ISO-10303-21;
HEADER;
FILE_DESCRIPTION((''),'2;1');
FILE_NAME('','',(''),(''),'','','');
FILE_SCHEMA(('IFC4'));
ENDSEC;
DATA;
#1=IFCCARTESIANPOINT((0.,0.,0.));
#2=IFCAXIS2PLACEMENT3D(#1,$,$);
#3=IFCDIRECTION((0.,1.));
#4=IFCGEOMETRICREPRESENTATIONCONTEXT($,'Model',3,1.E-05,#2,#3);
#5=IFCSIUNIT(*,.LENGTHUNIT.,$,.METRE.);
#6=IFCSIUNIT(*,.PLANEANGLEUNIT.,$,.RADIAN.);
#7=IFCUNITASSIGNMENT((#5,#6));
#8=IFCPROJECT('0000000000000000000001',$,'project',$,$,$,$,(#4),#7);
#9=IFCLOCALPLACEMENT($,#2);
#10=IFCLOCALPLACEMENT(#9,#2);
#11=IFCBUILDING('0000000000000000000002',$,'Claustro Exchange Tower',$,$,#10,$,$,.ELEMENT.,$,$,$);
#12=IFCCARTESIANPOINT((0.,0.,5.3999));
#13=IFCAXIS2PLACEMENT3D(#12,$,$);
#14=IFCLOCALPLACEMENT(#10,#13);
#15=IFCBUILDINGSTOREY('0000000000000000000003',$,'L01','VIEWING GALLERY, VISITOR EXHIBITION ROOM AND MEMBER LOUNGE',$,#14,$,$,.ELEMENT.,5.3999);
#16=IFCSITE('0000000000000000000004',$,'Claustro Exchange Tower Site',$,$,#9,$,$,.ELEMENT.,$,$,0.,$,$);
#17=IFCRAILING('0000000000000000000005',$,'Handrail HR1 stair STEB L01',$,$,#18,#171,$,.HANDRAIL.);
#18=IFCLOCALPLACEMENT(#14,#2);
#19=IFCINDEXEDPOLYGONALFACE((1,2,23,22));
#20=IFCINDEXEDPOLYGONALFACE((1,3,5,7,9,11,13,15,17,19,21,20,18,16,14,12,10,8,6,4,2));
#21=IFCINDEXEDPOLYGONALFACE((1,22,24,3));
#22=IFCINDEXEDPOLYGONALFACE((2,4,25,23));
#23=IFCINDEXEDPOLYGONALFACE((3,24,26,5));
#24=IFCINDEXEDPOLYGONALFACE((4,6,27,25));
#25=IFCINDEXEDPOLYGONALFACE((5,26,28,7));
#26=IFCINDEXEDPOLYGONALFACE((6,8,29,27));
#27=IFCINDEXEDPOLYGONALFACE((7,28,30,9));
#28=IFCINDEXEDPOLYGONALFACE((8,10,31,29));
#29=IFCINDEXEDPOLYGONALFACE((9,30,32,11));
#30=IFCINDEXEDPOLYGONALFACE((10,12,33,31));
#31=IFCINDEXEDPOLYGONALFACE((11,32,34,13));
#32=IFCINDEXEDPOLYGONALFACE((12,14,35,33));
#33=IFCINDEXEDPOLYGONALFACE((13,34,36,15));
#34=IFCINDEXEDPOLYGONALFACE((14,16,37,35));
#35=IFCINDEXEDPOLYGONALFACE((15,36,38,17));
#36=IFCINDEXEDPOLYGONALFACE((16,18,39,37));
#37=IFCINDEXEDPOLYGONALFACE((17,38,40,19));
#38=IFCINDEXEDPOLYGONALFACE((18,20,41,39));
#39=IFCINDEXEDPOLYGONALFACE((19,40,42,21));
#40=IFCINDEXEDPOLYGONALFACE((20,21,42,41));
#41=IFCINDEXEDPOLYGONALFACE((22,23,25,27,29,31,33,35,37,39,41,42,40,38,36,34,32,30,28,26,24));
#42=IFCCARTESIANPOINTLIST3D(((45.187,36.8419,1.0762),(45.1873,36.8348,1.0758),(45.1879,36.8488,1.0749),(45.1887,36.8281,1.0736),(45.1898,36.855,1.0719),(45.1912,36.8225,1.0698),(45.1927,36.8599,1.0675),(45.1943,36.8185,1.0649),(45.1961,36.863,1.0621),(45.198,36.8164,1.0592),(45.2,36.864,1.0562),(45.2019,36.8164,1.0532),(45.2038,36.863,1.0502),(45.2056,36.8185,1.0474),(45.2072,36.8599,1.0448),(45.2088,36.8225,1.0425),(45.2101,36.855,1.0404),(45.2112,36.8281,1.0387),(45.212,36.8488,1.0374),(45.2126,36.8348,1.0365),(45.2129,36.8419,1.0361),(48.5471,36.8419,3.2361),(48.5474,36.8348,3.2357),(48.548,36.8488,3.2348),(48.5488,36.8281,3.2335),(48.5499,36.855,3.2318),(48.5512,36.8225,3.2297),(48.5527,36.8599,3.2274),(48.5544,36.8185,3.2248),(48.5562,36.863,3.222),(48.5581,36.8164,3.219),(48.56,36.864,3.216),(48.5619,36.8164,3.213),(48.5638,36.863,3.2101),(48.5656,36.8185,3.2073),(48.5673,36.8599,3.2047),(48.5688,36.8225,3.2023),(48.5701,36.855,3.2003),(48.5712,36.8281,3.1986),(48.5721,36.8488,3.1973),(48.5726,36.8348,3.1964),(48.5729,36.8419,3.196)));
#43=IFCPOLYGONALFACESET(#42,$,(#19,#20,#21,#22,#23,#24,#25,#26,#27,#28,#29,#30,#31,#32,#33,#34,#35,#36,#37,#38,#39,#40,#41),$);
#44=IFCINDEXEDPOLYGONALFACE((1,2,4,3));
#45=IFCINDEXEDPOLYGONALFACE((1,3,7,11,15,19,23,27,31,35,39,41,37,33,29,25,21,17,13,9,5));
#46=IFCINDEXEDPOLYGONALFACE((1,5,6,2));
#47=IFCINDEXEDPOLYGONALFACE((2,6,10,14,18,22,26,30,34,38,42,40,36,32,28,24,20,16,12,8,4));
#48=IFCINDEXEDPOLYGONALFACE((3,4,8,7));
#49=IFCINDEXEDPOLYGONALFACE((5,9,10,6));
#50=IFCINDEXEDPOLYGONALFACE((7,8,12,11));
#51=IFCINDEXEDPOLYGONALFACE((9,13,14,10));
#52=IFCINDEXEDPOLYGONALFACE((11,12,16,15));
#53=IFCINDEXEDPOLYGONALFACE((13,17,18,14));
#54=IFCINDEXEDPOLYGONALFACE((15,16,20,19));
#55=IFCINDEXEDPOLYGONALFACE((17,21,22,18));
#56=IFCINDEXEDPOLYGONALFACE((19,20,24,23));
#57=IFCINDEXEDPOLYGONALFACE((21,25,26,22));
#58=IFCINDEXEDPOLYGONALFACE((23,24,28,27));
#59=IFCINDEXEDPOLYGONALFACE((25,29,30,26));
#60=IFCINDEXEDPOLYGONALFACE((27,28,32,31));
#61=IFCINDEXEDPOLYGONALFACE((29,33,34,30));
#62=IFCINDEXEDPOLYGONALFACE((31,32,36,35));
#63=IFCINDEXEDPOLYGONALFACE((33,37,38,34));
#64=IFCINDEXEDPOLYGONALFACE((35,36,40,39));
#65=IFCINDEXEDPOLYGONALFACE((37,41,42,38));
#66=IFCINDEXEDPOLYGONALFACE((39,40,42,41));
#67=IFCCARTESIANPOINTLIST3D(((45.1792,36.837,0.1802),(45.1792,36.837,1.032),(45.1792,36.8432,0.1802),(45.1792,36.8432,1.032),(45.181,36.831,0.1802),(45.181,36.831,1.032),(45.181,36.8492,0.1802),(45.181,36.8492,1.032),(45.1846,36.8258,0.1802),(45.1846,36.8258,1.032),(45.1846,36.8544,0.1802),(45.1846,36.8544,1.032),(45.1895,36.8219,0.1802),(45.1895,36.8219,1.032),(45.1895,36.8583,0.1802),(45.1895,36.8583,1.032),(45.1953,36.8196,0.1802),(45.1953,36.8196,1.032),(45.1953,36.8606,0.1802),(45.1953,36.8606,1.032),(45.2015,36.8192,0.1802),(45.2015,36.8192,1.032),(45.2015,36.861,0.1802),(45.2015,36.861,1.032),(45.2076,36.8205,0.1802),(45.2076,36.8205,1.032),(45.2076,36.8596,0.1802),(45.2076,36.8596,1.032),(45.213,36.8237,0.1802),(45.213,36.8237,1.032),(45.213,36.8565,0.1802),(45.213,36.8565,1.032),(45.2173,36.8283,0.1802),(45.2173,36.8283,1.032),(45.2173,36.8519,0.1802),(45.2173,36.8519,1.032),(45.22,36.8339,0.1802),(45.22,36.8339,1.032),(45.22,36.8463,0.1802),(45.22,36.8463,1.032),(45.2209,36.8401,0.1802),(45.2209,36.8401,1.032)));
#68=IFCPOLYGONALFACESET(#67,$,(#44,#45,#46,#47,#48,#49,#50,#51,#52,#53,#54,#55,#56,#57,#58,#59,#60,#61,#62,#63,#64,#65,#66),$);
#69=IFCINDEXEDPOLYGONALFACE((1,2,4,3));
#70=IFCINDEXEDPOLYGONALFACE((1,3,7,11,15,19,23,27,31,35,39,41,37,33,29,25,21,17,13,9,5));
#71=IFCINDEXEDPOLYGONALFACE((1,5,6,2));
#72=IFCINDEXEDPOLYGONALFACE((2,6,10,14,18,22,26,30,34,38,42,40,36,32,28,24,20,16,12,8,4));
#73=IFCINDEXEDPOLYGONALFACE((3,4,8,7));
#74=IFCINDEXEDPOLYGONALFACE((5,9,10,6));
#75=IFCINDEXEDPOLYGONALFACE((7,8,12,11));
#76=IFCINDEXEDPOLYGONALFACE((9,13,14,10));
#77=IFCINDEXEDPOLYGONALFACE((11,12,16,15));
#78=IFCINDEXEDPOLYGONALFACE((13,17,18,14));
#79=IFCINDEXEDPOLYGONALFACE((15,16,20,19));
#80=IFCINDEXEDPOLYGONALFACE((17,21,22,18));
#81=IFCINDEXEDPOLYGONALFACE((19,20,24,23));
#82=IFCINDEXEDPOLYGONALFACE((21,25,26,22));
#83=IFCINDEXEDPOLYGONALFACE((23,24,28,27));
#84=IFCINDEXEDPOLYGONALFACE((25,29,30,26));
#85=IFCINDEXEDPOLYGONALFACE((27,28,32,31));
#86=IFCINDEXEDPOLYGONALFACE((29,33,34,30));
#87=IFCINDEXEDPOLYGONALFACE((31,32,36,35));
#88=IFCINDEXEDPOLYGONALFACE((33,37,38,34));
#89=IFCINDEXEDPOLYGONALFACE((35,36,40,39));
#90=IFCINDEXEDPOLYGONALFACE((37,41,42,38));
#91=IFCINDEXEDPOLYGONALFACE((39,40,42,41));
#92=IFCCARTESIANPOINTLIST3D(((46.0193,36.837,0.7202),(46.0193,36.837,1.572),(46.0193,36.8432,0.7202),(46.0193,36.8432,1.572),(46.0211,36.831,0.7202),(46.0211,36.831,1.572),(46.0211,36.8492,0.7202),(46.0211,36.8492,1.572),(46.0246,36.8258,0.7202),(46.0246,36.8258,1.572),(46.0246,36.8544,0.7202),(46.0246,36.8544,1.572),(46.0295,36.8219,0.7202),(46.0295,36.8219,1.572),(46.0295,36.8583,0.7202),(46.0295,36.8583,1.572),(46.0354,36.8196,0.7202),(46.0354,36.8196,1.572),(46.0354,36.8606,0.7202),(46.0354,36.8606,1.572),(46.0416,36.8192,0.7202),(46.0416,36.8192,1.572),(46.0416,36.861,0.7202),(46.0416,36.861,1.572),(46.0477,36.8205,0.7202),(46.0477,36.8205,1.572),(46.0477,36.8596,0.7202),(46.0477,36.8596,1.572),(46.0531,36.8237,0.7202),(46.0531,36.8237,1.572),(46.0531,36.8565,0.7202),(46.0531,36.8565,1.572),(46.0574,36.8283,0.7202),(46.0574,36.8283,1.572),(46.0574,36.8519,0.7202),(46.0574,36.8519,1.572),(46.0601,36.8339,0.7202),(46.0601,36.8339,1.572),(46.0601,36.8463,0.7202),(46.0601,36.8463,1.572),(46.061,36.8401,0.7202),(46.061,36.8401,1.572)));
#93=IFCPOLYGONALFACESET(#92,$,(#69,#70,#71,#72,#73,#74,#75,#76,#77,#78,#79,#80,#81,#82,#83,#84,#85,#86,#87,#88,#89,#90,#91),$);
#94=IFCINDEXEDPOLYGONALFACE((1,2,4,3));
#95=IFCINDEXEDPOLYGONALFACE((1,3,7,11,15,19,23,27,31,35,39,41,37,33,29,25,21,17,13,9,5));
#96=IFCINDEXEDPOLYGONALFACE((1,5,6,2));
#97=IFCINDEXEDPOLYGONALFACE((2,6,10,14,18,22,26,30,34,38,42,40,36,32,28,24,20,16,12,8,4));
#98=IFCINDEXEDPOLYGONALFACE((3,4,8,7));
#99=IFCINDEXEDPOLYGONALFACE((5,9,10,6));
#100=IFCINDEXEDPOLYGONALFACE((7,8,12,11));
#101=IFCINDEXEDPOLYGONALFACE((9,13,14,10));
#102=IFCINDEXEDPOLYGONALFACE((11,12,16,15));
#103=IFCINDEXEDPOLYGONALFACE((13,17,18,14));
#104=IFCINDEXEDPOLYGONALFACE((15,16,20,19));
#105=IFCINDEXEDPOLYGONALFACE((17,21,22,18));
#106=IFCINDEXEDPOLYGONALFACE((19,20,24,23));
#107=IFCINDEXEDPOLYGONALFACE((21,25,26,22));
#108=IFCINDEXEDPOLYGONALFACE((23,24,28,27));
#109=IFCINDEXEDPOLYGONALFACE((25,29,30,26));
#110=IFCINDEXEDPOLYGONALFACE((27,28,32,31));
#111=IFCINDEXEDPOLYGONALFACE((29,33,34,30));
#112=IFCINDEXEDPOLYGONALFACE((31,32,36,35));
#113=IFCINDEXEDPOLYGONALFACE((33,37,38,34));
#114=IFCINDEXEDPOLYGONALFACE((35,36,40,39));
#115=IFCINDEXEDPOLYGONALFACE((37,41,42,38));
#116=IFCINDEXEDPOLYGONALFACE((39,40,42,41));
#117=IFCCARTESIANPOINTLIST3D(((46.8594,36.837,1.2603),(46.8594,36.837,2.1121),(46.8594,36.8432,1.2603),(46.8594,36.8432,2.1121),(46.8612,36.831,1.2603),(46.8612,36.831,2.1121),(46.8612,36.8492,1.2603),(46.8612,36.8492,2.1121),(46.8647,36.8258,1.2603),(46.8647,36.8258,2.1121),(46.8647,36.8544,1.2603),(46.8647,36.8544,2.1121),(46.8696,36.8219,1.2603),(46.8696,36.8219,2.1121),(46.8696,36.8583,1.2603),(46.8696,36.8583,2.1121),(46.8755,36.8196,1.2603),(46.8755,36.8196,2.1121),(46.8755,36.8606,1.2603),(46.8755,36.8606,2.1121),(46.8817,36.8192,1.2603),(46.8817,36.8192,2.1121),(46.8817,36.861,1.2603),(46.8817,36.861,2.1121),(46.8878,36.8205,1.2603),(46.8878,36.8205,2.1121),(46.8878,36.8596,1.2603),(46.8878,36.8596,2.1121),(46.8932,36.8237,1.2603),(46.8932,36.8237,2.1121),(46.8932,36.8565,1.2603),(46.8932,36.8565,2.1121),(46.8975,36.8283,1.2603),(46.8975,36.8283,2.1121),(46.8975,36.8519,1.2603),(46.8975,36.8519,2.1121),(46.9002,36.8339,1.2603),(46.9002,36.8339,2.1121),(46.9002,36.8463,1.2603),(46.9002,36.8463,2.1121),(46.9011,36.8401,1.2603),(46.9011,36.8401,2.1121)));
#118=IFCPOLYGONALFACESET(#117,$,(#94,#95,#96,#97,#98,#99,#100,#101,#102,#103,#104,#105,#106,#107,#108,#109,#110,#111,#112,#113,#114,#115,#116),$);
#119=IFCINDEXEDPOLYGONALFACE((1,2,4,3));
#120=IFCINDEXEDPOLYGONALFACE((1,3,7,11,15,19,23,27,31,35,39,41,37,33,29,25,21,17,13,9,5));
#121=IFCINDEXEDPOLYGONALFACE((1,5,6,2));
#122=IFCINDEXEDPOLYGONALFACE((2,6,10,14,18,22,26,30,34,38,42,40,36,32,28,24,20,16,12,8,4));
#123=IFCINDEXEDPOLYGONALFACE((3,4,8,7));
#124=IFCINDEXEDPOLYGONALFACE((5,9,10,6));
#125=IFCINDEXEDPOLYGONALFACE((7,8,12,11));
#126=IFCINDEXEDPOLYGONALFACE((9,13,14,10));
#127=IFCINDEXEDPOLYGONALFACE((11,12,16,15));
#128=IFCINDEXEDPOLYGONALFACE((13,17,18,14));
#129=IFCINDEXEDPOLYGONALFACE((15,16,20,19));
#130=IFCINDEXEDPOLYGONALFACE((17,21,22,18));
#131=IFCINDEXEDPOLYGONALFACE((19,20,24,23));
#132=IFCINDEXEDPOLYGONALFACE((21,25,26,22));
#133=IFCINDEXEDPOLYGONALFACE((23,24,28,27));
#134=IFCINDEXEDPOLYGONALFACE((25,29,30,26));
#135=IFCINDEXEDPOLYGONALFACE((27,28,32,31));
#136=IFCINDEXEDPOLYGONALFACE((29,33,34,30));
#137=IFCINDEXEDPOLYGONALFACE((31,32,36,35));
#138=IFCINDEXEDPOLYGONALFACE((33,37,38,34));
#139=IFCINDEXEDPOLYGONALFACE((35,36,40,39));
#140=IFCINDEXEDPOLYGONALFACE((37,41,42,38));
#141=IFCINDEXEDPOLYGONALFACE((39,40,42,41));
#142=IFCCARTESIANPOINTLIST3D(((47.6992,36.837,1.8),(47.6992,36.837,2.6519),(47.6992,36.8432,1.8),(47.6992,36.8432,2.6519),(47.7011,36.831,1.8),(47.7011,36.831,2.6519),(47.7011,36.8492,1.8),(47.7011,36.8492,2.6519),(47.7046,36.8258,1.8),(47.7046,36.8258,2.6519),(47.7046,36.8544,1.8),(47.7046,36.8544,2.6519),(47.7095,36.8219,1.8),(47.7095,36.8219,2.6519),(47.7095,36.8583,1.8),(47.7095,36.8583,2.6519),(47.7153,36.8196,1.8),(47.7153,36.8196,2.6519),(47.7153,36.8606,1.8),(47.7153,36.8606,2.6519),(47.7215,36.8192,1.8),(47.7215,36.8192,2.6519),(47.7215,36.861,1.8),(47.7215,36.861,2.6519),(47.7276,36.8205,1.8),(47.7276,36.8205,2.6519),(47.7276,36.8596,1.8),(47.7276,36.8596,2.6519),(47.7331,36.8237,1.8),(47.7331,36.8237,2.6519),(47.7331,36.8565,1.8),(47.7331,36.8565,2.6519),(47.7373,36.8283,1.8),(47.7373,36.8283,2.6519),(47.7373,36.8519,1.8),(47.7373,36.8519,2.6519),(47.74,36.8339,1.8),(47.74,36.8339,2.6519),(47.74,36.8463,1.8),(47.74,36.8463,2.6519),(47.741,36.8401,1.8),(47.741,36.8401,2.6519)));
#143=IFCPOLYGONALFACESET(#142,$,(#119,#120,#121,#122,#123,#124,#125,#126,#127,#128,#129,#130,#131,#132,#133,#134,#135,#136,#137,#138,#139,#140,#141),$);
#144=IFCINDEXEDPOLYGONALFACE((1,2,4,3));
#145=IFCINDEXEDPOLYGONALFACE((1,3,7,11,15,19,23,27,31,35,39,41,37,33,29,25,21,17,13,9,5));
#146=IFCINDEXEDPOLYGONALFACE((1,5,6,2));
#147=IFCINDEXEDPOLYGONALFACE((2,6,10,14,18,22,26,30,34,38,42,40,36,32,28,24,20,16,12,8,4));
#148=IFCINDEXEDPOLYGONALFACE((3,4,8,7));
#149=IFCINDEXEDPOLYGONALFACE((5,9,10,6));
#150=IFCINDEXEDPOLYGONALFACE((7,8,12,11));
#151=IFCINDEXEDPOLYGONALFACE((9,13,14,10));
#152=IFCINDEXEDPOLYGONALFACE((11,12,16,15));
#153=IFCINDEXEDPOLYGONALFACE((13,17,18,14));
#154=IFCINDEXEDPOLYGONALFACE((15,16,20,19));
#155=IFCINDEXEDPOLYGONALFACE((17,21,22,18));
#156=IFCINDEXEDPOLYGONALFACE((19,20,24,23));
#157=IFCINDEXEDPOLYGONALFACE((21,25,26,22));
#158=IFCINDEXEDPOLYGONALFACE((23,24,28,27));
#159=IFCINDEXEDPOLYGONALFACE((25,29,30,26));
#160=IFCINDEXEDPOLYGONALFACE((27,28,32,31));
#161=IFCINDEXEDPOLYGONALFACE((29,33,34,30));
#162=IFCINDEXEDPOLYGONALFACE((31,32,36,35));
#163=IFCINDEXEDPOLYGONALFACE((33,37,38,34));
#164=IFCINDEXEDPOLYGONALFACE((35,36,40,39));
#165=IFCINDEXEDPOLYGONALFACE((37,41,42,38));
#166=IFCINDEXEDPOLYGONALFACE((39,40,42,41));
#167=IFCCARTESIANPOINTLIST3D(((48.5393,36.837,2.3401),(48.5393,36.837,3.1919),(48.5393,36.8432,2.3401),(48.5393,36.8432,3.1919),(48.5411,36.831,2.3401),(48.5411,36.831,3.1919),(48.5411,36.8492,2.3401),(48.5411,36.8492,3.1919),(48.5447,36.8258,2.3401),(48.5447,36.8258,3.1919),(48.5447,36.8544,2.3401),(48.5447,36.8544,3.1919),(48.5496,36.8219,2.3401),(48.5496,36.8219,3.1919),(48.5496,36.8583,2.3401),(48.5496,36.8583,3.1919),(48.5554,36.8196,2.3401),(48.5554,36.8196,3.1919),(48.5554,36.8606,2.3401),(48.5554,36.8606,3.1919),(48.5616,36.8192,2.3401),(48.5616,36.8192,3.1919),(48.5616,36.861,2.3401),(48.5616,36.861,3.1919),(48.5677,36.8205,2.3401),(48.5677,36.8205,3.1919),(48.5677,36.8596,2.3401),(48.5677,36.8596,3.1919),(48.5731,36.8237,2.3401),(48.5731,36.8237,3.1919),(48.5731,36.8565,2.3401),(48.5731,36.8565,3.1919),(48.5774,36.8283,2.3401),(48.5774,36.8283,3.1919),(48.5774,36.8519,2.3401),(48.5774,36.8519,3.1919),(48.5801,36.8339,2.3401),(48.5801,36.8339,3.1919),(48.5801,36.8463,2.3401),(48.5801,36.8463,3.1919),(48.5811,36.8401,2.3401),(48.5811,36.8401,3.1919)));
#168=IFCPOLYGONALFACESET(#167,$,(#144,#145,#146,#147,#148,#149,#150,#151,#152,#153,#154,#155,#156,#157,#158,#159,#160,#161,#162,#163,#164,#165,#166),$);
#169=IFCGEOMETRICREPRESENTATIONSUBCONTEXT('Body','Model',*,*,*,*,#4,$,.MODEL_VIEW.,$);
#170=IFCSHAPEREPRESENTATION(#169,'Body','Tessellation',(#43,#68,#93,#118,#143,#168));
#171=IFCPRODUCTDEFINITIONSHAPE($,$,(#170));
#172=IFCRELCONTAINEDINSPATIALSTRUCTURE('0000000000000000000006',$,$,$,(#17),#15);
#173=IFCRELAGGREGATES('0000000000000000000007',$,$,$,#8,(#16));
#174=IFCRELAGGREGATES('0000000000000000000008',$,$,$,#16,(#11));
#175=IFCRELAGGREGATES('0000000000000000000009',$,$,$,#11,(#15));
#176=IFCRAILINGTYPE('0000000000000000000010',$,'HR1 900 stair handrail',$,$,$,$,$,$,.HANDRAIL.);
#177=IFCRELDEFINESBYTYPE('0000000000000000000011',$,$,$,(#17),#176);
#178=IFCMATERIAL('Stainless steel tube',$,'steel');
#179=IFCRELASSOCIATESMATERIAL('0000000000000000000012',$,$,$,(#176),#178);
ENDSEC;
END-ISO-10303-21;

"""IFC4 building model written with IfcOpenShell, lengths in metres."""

from ifc_helpers import new_model, si_unit, direction, frame, origin, origin_2d, place, context, subcontext, project, spatial, circle, extrude, material, type_object, element, save


model = new_model("IFC4")

# Units and contexts
model_context = context("Model", 3, precision=1e-05, world=origin(), true_north=direction((0.0, 1.0)))
body_context = subcontext(model_context, "Body", "Model", "MODEL_VIEW")
ifc_project = project(units=[si_unit("LENGTHUNIT", "METRE"), si_unit("PLANEANGLEUNIT", "RADIAN")], contexts=[model_context])

# Site, building, storey
site_placement = place(None, origin())
site = spatial("IfcSite", under=ifc_project, at=site_placement, Name="Claustro Exchange Tower Site", CompositionType="ELEMENT", RefElevation=0.0)
building_placement = place(site_placement, origin())
building = spatial("IfcBuilding", under=site, at=building_placement, Name="Claustro Exchange Tower", CompositionType="ELEMENT")
storey_placement = place(building_placement, frame((0.0, 0.0, 5.3999)))
storey = spatial("IfcBuildingStorey", under=building, at=storey_placement, Name="L01", Description="VIEWING GALLERY, VISITOR EXHIBITION ROOM AND MEMBER LOUNGE", CompositionType="ELEMENT", Elevation=5.3999)

# Railing
ifc_material_1 = material(Name="Stainless steel tube", Category="steel")
railing_type_1 = type_object("IfcRailingType", Name="HR1 900 stair handrail", PredefinedType="HANDRAIL", material=ifc_material_1)
railing_1_placement = place(storey_placement, frame((45.2, 36.8401, 0.1802)))
element("IfcRailing", 1, at=railing_1_placement, inside=storey, type_object=railing_type_1, Name="Handrail HR1 stair STEB L01", PredefinedType="HANDRAIL", context=body_context, shape_type="SweptSolid", body=[
    extrude(circle(Radius=0.0239, at=origin_2d()), frame((0.0, 0.0, 0.876), z_axis=(0.841196, 0.0, 0.54073), x_axis=(0.0, 1.0, 0.0)), (0.0, 0.0, 1.0), 3.9944),
    extrude(circle(Radius=0.021, at=origin_2d()), origin(), (0.0, 0.0, 1.0), 0.8518),
    extrude(circle(Radius=0.021, at=origin_2d()), frame((0.8401, 0.0, 0.54)), (0.0, 0.0, 1.0), 0.8518),
    extrude(circle(Radius=0.021, at=origin_2d()), frame((1.6802, 0.0, 1.0801)), (0.0, 0.0, 1.0), 0.8518),
    extrude(circle(Radius=0.021, at=origin_2d()), frame((2.52, 0.0, 1.6199)), (0.0, 0.0, 1.0), 0.8518),
    extrude(circle(Radius=0.021, at=origin_2d()), frame((3.3601, 0.0, 2.1599)), (0.0, 0.0, 1.0), 0.8518),
])

save(model, "model.ifc")
